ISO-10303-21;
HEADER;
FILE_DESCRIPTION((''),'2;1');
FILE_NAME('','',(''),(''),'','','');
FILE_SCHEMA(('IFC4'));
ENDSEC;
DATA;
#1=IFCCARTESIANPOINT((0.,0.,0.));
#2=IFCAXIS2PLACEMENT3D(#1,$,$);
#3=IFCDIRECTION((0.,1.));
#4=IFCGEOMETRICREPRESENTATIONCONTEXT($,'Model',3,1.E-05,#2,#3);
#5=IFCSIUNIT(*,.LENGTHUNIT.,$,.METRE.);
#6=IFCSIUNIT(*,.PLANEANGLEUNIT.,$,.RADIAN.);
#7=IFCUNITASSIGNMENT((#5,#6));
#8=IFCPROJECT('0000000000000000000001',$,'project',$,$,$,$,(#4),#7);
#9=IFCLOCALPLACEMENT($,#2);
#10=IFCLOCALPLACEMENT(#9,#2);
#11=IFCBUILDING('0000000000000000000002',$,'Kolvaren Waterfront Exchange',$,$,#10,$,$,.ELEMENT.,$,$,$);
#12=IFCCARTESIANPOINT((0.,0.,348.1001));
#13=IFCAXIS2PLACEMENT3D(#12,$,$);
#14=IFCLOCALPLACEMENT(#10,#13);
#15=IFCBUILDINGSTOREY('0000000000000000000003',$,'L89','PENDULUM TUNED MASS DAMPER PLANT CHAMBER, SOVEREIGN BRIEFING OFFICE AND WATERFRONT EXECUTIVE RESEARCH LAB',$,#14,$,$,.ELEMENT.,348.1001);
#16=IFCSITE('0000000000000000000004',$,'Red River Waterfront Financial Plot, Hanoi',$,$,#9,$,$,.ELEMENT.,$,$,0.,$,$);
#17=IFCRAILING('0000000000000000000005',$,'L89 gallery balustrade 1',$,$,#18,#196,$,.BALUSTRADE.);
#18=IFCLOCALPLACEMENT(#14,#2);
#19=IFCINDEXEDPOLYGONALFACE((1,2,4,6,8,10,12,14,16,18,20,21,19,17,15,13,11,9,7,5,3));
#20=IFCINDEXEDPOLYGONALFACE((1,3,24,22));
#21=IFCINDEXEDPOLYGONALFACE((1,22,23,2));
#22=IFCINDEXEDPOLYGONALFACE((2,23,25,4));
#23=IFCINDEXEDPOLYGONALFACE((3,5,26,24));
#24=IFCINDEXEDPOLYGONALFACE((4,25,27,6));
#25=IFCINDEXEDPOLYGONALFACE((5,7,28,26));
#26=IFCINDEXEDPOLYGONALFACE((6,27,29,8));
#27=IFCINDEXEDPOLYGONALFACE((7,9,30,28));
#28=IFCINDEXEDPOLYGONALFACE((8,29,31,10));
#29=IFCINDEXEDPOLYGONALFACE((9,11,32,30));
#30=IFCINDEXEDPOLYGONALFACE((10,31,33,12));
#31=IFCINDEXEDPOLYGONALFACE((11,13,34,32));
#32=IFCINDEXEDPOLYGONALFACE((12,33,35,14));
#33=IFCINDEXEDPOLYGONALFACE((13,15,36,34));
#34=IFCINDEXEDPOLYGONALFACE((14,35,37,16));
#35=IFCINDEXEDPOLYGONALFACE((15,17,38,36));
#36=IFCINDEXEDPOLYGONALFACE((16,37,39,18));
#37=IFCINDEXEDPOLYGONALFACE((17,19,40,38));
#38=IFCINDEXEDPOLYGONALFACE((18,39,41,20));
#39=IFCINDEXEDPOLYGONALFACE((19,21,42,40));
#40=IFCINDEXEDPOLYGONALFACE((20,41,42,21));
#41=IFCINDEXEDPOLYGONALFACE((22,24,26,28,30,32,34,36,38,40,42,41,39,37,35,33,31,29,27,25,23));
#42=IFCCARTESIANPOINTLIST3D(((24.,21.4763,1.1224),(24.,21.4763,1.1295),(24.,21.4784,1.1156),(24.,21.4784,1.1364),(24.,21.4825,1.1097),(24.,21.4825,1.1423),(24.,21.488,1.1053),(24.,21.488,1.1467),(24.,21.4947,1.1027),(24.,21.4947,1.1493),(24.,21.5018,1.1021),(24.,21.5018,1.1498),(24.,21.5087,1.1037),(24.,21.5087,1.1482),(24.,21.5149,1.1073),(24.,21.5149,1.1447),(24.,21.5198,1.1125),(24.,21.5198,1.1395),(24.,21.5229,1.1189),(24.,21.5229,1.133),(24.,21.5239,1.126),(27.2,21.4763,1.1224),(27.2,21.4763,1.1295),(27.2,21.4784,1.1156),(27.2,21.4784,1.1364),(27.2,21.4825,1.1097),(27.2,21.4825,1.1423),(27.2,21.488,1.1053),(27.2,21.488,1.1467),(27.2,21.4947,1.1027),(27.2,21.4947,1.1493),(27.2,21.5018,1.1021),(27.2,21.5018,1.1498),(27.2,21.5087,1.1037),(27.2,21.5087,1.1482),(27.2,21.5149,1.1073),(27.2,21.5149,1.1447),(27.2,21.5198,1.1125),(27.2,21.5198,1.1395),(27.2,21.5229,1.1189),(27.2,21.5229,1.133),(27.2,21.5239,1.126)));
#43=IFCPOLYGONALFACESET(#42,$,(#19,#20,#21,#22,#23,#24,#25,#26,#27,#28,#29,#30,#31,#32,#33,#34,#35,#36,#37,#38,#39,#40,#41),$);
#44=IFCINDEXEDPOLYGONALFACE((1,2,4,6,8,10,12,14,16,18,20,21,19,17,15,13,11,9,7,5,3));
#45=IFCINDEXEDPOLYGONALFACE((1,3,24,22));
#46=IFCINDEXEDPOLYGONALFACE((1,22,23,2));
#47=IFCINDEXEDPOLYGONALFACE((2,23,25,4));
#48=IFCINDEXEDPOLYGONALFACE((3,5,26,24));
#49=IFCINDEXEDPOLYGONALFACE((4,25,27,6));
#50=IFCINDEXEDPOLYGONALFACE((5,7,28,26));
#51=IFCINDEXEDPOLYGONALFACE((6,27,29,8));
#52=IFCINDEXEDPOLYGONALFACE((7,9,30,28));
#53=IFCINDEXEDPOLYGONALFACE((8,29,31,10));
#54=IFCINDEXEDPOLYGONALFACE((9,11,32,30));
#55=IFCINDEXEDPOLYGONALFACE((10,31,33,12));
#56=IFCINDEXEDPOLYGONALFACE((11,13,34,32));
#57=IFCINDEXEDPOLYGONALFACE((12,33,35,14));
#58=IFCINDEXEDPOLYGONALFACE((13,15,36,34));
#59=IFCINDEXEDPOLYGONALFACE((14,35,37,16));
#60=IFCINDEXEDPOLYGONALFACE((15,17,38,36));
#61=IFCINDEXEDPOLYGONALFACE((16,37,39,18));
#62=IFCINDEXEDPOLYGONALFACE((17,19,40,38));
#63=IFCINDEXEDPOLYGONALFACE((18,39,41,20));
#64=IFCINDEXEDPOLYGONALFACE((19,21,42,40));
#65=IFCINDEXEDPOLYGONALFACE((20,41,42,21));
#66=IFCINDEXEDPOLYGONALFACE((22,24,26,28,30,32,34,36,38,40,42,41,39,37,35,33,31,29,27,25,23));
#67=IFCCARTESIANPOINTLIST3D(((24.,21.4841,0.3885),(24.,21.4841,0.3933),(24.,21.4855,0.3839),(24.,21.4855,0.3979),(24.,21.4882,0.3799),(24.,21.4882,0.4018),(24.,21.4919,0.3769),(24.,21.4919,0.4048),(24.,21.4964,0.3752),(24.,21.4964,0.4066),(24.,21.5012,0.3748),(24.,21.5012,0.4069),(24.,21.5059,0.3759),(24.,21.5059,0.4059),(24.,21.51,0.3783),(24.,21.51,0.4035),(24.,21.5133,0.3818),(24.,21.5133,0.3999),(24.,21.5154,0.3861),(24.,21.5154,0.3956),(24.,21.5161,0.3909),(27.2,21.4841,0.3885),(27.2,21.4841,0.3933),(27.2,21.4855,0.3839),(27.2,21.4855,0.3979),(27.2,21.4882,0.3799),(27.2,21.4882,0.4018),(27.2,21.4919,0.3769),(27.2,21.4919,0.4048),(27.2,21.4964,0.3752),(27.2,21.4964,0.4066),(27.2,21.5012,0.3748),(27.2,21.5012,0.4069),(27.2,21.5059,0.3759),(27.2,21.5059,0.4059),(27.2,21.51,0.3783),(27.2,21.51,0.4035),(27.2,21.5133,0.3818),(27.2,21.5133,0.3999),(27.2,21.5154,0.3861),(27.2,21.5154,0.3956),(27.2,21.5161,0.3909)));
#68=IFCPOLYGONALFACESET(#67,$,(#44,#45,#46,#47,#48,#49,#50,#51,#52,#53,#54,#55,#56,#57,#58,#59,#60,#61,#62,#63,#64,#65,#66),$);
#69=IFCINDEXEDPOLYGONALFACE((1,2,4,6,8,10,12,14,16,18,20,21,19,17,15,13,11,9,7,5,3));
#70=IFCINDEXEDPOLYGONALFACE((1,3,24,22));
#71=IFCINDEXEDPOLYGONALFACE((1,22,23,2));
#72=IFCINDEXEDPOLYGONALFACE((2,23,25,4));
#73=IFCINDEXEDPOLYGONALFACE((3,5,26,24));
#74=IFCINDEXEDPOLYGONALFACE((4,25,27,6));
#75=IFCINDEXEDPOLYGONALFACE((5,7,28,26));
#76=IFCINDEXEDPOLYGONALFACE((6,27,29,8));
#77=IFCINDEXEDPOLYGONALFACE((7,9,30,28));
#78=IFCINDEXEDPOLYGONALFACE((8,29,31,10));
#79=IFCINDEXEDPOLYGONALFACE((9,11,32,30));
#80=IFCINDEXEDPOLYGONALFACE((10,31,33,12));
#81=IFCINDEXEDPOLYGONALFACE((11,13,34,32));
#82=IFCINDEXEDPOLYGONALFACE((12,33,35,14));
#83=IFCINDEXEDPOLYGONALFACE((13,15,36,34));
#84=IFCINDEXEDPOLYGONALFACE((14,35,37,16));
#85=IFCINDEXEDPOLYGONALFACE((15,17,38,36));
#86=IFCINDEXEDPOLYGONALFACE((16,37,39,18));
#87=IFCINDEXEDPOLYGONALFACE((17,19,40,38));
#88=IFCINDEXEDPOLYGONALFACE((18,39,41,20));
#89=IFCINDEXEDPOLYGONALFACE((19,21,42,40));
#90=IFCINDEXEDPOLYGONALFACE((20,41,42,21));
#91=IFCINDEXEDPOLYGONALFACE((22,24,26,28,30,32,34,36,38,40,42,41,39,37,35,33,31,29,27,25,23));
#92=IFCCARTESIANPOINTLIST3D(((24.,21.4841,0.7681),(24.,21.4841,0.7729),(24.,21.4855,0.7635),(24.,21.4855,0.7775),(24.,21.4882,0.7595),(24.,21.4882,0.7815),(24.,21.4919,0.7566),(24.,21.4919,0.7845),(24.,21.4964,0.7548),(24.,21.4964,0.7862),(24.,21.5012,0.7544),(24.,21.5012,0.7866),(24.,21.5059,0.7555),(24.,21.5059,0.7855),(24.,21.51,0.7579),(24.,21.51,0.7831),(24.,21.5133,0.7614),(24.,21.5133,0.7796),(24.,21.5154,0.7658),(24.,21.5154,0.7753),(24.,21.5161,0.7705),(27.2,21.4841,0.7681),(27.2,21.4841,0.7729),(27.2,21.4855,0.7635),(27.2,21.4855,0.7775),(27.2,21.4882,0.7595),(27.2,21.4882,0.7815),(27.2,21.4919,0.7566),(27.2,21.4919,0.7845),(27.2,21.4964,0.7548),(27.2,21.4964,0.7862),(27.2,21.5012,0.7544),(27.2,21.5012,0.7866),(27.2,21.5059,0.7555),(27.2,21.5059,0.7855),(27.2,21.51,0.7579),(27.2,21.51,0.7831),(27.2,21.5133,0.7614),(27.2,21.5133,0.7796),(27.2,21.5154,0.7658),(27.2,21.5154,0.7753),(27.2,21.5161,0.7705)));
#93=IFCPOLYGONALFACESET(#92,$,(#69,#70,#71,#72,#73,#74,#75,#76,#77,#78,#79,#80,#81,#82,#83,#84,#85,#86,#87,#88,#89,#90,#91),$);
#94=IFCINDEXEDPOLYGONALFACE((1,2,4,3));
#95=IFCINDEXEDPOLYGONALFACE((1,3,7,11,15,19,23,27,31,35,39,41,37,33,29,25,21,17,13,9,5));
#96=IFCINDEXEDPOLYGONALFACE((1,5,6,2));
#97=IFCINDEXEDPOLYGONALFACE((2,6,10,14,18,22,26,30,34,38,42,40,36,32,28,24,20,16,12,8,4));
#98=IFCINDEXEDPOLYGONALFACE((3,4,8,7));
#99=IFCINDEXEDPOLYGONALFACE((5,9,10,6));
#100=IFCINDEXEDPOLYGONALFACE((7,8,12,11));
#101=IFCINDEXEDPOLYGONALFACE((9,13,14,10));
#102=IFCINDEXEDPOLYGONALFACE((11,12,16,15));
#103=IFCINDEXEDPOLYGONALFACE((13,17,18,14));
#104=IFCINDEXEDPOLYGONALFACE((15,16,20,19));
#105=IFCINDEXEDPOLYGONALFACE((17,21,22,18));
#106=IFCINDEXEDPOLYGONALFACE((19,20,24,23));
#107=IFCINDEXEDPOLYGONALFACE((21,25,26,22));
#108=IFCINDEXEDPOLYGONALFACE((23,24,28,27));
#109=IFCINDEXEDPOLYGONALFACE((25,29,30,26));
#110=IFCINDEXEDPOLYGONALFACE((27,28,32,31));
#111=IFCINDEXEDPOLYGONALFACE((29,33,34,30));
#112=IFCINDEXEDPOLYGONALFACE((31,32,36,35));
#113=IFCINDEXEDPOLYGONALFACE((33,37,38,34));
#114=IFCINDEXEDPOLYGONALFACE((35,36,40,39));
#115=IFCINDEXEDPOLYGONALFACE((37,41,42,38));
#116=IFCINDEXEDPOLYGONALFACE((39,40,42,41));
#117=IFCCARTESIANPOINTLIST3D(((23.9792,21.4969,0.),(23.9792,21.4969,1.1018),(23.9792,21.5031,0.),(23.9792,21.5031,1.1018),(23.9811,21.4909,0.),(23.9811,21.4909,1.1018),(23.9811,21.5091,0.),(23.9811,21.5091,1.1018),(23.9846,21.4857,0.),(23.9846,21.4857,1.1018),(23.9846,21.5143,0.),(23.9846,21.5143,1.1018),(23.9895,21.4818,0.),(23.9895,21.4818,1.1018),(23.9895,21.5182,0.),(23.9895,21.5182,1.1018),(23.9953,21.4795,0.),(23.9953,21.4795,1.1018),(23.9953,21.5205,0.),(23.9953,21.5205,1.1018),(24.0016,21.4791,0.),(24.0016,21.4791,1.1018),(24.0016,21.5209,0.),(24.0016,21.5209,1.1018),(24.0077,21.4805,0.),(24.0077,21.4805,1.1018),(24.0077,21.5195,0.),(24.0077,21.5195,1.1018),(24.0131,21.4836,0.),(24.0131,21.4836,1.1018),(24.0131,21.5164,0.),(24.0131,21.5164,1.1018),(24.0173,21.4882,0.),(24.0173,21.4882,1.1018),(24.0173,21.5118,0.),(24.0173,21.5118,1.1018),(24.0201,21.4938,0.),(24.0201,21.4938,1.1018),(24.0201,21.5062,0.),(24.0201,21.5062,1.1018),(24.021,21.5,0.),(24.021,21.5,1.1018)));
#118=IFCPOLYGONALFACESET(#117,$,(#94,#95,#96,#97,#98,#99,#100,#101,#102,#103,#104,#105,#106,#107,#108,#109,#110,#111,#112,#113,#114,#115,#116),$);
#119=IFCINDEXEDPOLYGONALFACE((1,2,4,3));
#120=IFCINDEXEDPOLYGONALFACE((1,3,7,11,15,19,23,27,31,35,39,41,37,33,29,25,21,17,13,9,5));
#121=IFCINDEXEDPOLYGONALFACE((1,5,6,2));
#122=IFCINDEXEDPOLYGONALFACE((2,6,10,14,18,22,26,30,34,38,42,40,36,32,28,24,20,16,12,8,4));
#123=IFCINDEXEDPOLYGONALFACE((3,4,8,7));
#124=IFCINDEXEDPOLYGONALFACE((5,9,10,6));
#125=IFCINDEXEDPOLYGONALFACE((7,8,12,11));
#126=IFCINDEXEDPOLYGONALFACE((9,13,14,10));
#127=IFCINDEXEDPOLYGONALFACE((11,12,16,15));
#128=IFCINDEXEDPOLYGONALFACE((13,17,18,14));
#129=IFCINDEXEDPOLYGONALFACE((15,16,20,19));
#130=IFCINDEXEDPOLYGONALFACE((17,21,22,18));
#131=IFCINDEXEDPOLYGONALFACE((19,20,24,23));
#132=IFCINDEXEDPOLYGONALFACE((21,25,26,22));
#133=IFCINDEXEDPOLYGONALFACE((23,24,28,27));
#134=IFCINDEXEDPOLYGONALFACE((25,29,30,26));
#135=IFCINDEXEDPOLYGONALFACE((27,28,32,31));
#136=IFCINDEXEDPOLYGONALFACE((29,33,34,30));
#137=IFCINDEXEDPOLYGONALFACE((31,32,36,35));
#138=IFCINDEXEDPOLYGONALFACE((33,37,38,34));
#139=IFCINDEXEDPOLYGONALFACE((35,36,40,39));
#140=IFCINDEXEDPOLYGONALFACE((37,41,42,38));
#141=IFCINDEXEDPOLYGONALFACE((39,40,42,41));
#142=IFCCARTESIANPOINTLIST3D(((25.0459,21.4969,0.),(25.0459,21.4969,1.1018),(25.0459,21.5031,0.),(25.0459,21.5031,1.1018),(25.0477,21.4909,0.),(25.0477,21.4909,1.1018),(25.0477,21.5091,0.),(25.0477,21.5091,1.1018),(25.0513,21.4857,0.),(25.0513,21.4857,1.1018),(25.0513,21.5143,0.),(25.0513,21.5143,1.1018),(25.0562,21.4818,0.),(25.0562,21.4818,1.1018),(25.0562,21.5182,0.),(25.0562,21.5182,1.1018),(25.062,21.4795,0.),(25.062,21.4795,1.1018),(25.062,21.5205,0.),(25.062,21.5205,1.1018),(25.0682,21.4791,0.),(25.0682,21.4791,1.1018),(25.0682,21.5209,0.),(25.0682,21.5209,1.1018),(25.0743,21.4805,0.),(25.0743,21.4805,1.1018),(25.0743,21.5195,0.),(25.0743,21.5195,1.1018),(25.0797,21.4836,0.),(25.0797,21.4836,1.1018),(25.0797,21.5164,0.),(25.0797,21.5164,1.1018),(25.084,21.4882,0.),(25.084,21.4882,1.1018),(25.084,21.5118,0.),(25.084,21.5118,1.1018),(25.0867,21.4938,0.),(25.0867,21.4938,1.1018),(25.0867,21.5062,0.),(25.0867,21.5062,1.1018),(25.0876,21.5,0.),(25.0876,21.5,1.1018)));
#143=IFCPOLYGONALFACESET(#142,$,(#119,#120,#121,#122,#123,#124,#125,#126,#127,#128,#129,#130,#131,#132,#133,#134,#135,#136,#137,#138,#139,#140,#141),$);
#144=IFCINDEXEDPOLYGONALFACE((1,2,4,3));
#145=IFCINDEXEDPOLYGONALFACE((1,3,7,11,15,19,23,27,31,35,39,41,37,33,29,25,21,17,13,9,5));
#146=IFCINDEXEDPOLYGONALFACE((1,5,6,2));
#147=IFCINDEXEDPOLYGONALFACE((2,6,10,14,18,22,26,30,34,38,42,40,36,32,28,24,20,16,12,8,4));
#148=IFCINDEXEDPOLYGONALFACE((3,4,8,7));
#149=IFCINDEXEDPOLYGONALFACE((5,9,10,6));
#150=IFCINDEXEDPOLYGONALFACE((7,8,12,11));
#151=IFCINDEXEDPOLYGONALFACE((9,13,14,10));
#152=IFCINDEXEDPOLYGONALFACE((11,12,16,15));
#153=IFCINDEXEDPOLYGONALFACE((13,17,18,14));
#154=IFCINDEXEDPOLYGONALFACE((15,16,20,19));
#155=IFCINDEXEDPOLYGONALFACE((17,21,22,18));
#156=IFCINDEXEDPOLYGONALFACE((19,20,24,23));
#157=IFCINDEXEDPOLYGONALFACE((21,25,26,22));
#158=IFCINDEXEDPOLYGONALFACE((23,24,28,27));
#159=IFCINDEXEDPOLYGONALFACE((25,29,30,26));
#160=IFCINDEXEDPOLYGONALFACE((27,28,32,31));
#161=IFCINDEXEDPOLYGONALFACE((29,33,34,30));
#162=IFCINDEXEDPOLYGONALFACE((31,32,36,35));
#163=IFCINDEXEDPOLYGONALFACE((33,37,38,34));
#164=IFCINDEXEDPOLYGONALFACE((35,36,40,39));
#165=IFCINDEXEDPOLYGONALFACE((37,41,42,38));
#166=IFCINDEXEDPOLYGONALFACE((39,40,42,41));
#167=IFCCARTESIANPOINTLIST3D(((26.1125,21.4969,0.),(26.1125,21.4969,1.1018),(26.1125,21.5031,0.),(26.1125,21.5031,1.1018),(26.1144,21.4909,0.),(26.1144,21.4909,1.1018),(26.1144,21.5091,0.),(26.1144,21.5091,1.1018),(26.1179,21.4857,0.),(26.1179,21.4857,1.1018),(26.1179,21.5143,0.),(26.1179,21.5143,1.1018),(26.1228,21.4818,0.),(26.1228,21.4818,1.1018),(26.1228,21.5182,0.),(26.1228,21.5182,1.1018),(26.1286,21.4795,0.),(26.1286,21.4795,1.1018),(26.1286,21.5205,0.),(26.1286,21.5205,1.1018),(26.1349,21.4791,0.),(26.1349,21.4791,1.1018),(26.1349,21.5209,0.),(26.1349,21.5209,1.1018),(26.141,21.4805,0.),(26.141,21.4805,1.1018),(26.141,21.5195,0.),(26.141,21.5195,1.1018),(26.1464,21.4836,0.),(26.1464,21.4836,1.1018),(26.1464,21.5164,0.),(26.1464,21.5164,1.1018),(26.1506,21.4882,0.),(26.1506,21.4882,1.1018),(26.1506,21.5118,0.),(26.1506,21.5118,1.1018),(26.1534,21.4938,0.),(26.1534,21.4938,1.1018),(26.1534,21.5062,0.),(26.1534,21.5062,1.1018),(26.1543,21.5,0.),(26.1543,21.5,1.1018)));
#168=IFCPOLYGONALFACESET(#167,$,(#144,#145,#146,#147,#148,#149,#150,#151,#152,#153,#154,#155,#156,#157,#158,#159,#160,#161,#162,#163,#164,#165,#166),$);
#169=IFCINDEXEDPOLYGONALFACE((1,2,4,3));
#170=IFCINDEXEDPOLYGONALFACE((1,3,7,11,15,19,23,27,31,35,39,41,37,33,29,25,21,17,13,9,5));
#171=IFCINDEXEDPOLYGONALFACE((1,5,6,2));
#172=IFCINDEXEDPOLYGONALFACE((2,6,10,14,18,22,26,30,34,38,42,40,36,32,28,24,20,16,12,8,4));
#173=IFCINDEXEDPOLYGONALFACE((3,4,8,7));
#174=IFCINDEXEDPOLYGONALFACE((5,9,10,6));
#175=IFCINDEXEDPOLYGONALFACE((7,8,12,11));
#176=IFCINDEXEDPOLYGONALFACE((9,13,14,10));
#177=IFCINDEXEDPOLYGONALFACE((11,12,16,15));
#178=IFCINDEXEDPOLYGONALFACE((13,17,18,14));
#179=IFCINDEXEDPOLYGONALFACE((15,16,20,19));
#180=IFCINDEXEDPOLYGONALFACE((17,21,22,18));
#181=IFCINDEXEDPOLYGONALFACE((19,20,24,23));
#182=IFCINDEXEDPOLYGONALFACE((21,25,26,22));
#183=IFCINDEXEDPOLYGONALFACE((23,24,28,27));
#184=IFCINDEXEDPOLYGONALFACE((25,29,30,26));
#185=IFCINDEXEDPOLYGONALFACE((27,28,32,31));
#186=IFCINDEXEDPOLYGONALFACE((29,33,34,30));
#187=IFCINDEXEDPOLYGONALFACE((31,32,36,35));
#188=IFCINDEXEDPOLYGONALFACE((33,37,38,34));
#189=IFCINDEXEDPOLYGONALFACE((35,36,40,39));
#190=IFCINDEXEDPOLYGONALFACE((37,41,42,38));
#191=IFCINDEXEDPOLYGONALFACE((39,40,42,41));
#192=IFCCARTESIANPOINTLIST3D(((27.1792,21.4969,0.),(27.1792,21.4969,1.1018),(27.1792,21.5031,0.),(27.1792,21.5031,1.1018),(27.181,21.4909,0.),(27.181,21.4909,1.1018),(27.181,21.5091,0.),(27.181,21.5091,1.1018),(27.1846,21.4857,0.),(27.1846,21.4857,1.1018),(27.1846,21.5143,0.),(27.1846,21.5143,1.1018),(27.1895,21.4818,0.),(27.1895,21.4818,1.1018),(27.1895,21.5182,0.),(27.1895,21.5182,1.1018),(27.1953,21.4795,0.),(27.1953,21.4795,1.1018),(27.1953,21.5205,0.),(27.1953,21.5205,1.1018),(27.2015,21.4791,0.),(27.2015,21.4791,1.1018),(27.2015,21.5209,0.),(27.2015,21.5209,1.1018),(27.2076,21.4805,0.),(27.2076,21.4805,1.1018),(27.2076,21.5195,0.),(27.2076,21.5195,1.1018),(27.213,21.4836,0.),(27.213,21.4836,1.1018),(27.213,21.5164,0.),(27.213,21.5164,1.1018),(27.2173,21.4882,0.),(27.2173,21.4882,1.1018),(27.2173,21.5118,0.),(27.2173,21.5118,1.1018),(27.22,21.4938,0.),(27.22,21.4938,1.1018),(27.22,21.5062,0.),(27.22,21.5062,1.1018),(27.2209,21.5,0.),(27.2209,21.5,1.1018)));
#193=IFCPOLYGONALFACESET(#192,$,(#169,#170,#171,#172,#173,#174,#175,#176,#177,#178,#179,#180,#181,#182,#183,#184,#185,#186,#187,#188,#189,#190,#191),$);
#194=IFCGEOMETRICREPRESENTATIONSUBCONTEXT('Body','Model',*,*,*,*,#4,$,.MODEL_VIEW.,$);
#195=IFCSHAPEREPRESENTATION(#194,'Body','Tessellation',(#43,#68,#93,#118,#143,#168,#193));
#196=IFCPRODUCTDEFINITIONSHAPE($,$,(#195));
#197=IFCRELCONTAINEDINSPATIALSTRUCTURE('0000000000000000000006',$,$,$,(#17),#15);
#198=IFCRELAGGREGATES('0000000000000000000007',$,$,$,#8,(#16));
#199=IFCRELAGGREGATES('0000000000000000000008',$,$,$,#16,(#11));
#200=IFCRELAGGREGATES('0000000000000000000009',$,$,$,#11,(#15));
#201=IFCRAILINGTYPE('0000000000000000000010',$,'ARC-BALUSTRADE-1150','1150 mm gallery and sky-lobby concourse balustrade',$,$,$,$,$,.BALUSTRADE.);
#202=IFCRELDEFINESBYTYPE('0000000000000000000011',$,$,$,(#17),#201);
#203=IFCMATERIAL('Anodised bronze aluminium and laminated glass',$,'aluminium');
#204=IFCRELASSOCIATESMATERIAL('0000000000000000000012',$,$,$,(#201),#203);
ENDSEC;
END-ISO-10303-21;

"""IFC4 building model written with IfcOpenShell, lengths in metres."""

from ifc_helpers import new_model, si_unit, direction, frame, origin, origin_2d, place, context, subcontext, project, spatial, circle, extrude, material, type_object, element, save


model = new_model("IFC4")

# Units and contexts
model_context = context("Model", 3, precision=1e-05, world=origin(), true_north=direction((0.0, 1.0)))
body_context = subcontext(model_context, "Body", "Model", "MODEL_VIEW")
ifc_project = project(units=[si_unit("LENGTHUNIT", "METRE"), si_unit("PLANEANGLEUNIT", "RADIAN")], contexts=[model_context])

# Site, building, storey
site_placement = place(None, origin())
site = spatial("IfcSite", under=ifc_project, at=site_placement, Name="Red River Waterfront Financial Plot, Hanoi", CompositionType="ELEMENT", RefElevation=0.0)
building_placement = place(site_placement, origin())
building = spatial("IfcBuilding", under=site, at=building_placement, Name="Kolvaren Waterfront Exchange", CompositionType="ELEMENT")
storey_placement = place(building_placement, frame((0.0, 0.0, 348.1001)))
storey = spatial("IfcBuildingStorey", under=building, at=storey_placement, Name="L89", Description="PENDULUM TUNED MASS DAMPER PLANT CHAMBER, SOVEREIGN BRIEFING OFFICE AND WATERFRONT EXECUTIVE RESEARCH LAB", CompositionType="ELEMENT", Elevation=348.1001)

# Railing
ifc_material_1 = material(Name="Anodised bronze aluminium and laminated glass", Category="aluminium")
railing_type = type_object("IfcRailingType", Name="ARC-BALUSTRADE-1150", Description="1150 mm gallery and sky-lobby concourse balustrade", PredefinedType="BALUSTRADE", material=ifc_material_1)
for number, where, name in (
    (1, (24.0, 21.5, 0.0), "L89 gallery balustrade 1"),
):
    element("IfcRailing", number, at=place(storey_placement, frame(where)), inside=storey, type_object=railing_type, Name=name, PredefinedType="BALUSTRADE", context=body_context, shape_type="SweptSolid", body=[
        extrude(circle(Radius=0.0239, at=origin_2d()), frame((0.0, 0.0, 1.126), z_axis=(1.0, 0.0, 0.0), x_axis=(0.0, 1.0, 0.0)), (0.0, 0.0, 1.0), 3.2),
        extrude(circle(Radius=0.0161, at=origin_2d()), frame((0.0, 0.0, 0.3909), z_axis=(1.0, 0.0, 0.0), x_axis=(0.0, 1.0, 0.0)), (0.0, 0.0, 1.0), 3.2),
        extrude(circle(Radius=0.0161, at=origin_2d()), frame((0.0, 0.0, 0.7705), z_axis=(1.0, 0.0, 0.0), x_axis=(0.0, 1.0, 0.0)), (0.0, 0.0, 1.0), 3.2),
        extrude(circle(Radius=0.021, at=origin_2d()), origin(), (0.0, 0.0, 1.0), 1.1018),
        extrude(circle(Radius=0.021, at=origin_2d()), frame((1.0667, 0.0, 0.0)), (0.0, 0.0, 1.0), 1.1018),
        extrude(circle(Radius=0.021, at=origin_2d()), frame((2.1333, 0.0, 0.0)), (0.0, 0.0, 1.0), 1.1018),
        extrude(circle(Radius=0.021, at=origin_2d()), frame((3.2, 0.0, 0.0)), (0.0, 0.0, 1.0), 1.1018),
    ])

save(model, "model.ifc")
